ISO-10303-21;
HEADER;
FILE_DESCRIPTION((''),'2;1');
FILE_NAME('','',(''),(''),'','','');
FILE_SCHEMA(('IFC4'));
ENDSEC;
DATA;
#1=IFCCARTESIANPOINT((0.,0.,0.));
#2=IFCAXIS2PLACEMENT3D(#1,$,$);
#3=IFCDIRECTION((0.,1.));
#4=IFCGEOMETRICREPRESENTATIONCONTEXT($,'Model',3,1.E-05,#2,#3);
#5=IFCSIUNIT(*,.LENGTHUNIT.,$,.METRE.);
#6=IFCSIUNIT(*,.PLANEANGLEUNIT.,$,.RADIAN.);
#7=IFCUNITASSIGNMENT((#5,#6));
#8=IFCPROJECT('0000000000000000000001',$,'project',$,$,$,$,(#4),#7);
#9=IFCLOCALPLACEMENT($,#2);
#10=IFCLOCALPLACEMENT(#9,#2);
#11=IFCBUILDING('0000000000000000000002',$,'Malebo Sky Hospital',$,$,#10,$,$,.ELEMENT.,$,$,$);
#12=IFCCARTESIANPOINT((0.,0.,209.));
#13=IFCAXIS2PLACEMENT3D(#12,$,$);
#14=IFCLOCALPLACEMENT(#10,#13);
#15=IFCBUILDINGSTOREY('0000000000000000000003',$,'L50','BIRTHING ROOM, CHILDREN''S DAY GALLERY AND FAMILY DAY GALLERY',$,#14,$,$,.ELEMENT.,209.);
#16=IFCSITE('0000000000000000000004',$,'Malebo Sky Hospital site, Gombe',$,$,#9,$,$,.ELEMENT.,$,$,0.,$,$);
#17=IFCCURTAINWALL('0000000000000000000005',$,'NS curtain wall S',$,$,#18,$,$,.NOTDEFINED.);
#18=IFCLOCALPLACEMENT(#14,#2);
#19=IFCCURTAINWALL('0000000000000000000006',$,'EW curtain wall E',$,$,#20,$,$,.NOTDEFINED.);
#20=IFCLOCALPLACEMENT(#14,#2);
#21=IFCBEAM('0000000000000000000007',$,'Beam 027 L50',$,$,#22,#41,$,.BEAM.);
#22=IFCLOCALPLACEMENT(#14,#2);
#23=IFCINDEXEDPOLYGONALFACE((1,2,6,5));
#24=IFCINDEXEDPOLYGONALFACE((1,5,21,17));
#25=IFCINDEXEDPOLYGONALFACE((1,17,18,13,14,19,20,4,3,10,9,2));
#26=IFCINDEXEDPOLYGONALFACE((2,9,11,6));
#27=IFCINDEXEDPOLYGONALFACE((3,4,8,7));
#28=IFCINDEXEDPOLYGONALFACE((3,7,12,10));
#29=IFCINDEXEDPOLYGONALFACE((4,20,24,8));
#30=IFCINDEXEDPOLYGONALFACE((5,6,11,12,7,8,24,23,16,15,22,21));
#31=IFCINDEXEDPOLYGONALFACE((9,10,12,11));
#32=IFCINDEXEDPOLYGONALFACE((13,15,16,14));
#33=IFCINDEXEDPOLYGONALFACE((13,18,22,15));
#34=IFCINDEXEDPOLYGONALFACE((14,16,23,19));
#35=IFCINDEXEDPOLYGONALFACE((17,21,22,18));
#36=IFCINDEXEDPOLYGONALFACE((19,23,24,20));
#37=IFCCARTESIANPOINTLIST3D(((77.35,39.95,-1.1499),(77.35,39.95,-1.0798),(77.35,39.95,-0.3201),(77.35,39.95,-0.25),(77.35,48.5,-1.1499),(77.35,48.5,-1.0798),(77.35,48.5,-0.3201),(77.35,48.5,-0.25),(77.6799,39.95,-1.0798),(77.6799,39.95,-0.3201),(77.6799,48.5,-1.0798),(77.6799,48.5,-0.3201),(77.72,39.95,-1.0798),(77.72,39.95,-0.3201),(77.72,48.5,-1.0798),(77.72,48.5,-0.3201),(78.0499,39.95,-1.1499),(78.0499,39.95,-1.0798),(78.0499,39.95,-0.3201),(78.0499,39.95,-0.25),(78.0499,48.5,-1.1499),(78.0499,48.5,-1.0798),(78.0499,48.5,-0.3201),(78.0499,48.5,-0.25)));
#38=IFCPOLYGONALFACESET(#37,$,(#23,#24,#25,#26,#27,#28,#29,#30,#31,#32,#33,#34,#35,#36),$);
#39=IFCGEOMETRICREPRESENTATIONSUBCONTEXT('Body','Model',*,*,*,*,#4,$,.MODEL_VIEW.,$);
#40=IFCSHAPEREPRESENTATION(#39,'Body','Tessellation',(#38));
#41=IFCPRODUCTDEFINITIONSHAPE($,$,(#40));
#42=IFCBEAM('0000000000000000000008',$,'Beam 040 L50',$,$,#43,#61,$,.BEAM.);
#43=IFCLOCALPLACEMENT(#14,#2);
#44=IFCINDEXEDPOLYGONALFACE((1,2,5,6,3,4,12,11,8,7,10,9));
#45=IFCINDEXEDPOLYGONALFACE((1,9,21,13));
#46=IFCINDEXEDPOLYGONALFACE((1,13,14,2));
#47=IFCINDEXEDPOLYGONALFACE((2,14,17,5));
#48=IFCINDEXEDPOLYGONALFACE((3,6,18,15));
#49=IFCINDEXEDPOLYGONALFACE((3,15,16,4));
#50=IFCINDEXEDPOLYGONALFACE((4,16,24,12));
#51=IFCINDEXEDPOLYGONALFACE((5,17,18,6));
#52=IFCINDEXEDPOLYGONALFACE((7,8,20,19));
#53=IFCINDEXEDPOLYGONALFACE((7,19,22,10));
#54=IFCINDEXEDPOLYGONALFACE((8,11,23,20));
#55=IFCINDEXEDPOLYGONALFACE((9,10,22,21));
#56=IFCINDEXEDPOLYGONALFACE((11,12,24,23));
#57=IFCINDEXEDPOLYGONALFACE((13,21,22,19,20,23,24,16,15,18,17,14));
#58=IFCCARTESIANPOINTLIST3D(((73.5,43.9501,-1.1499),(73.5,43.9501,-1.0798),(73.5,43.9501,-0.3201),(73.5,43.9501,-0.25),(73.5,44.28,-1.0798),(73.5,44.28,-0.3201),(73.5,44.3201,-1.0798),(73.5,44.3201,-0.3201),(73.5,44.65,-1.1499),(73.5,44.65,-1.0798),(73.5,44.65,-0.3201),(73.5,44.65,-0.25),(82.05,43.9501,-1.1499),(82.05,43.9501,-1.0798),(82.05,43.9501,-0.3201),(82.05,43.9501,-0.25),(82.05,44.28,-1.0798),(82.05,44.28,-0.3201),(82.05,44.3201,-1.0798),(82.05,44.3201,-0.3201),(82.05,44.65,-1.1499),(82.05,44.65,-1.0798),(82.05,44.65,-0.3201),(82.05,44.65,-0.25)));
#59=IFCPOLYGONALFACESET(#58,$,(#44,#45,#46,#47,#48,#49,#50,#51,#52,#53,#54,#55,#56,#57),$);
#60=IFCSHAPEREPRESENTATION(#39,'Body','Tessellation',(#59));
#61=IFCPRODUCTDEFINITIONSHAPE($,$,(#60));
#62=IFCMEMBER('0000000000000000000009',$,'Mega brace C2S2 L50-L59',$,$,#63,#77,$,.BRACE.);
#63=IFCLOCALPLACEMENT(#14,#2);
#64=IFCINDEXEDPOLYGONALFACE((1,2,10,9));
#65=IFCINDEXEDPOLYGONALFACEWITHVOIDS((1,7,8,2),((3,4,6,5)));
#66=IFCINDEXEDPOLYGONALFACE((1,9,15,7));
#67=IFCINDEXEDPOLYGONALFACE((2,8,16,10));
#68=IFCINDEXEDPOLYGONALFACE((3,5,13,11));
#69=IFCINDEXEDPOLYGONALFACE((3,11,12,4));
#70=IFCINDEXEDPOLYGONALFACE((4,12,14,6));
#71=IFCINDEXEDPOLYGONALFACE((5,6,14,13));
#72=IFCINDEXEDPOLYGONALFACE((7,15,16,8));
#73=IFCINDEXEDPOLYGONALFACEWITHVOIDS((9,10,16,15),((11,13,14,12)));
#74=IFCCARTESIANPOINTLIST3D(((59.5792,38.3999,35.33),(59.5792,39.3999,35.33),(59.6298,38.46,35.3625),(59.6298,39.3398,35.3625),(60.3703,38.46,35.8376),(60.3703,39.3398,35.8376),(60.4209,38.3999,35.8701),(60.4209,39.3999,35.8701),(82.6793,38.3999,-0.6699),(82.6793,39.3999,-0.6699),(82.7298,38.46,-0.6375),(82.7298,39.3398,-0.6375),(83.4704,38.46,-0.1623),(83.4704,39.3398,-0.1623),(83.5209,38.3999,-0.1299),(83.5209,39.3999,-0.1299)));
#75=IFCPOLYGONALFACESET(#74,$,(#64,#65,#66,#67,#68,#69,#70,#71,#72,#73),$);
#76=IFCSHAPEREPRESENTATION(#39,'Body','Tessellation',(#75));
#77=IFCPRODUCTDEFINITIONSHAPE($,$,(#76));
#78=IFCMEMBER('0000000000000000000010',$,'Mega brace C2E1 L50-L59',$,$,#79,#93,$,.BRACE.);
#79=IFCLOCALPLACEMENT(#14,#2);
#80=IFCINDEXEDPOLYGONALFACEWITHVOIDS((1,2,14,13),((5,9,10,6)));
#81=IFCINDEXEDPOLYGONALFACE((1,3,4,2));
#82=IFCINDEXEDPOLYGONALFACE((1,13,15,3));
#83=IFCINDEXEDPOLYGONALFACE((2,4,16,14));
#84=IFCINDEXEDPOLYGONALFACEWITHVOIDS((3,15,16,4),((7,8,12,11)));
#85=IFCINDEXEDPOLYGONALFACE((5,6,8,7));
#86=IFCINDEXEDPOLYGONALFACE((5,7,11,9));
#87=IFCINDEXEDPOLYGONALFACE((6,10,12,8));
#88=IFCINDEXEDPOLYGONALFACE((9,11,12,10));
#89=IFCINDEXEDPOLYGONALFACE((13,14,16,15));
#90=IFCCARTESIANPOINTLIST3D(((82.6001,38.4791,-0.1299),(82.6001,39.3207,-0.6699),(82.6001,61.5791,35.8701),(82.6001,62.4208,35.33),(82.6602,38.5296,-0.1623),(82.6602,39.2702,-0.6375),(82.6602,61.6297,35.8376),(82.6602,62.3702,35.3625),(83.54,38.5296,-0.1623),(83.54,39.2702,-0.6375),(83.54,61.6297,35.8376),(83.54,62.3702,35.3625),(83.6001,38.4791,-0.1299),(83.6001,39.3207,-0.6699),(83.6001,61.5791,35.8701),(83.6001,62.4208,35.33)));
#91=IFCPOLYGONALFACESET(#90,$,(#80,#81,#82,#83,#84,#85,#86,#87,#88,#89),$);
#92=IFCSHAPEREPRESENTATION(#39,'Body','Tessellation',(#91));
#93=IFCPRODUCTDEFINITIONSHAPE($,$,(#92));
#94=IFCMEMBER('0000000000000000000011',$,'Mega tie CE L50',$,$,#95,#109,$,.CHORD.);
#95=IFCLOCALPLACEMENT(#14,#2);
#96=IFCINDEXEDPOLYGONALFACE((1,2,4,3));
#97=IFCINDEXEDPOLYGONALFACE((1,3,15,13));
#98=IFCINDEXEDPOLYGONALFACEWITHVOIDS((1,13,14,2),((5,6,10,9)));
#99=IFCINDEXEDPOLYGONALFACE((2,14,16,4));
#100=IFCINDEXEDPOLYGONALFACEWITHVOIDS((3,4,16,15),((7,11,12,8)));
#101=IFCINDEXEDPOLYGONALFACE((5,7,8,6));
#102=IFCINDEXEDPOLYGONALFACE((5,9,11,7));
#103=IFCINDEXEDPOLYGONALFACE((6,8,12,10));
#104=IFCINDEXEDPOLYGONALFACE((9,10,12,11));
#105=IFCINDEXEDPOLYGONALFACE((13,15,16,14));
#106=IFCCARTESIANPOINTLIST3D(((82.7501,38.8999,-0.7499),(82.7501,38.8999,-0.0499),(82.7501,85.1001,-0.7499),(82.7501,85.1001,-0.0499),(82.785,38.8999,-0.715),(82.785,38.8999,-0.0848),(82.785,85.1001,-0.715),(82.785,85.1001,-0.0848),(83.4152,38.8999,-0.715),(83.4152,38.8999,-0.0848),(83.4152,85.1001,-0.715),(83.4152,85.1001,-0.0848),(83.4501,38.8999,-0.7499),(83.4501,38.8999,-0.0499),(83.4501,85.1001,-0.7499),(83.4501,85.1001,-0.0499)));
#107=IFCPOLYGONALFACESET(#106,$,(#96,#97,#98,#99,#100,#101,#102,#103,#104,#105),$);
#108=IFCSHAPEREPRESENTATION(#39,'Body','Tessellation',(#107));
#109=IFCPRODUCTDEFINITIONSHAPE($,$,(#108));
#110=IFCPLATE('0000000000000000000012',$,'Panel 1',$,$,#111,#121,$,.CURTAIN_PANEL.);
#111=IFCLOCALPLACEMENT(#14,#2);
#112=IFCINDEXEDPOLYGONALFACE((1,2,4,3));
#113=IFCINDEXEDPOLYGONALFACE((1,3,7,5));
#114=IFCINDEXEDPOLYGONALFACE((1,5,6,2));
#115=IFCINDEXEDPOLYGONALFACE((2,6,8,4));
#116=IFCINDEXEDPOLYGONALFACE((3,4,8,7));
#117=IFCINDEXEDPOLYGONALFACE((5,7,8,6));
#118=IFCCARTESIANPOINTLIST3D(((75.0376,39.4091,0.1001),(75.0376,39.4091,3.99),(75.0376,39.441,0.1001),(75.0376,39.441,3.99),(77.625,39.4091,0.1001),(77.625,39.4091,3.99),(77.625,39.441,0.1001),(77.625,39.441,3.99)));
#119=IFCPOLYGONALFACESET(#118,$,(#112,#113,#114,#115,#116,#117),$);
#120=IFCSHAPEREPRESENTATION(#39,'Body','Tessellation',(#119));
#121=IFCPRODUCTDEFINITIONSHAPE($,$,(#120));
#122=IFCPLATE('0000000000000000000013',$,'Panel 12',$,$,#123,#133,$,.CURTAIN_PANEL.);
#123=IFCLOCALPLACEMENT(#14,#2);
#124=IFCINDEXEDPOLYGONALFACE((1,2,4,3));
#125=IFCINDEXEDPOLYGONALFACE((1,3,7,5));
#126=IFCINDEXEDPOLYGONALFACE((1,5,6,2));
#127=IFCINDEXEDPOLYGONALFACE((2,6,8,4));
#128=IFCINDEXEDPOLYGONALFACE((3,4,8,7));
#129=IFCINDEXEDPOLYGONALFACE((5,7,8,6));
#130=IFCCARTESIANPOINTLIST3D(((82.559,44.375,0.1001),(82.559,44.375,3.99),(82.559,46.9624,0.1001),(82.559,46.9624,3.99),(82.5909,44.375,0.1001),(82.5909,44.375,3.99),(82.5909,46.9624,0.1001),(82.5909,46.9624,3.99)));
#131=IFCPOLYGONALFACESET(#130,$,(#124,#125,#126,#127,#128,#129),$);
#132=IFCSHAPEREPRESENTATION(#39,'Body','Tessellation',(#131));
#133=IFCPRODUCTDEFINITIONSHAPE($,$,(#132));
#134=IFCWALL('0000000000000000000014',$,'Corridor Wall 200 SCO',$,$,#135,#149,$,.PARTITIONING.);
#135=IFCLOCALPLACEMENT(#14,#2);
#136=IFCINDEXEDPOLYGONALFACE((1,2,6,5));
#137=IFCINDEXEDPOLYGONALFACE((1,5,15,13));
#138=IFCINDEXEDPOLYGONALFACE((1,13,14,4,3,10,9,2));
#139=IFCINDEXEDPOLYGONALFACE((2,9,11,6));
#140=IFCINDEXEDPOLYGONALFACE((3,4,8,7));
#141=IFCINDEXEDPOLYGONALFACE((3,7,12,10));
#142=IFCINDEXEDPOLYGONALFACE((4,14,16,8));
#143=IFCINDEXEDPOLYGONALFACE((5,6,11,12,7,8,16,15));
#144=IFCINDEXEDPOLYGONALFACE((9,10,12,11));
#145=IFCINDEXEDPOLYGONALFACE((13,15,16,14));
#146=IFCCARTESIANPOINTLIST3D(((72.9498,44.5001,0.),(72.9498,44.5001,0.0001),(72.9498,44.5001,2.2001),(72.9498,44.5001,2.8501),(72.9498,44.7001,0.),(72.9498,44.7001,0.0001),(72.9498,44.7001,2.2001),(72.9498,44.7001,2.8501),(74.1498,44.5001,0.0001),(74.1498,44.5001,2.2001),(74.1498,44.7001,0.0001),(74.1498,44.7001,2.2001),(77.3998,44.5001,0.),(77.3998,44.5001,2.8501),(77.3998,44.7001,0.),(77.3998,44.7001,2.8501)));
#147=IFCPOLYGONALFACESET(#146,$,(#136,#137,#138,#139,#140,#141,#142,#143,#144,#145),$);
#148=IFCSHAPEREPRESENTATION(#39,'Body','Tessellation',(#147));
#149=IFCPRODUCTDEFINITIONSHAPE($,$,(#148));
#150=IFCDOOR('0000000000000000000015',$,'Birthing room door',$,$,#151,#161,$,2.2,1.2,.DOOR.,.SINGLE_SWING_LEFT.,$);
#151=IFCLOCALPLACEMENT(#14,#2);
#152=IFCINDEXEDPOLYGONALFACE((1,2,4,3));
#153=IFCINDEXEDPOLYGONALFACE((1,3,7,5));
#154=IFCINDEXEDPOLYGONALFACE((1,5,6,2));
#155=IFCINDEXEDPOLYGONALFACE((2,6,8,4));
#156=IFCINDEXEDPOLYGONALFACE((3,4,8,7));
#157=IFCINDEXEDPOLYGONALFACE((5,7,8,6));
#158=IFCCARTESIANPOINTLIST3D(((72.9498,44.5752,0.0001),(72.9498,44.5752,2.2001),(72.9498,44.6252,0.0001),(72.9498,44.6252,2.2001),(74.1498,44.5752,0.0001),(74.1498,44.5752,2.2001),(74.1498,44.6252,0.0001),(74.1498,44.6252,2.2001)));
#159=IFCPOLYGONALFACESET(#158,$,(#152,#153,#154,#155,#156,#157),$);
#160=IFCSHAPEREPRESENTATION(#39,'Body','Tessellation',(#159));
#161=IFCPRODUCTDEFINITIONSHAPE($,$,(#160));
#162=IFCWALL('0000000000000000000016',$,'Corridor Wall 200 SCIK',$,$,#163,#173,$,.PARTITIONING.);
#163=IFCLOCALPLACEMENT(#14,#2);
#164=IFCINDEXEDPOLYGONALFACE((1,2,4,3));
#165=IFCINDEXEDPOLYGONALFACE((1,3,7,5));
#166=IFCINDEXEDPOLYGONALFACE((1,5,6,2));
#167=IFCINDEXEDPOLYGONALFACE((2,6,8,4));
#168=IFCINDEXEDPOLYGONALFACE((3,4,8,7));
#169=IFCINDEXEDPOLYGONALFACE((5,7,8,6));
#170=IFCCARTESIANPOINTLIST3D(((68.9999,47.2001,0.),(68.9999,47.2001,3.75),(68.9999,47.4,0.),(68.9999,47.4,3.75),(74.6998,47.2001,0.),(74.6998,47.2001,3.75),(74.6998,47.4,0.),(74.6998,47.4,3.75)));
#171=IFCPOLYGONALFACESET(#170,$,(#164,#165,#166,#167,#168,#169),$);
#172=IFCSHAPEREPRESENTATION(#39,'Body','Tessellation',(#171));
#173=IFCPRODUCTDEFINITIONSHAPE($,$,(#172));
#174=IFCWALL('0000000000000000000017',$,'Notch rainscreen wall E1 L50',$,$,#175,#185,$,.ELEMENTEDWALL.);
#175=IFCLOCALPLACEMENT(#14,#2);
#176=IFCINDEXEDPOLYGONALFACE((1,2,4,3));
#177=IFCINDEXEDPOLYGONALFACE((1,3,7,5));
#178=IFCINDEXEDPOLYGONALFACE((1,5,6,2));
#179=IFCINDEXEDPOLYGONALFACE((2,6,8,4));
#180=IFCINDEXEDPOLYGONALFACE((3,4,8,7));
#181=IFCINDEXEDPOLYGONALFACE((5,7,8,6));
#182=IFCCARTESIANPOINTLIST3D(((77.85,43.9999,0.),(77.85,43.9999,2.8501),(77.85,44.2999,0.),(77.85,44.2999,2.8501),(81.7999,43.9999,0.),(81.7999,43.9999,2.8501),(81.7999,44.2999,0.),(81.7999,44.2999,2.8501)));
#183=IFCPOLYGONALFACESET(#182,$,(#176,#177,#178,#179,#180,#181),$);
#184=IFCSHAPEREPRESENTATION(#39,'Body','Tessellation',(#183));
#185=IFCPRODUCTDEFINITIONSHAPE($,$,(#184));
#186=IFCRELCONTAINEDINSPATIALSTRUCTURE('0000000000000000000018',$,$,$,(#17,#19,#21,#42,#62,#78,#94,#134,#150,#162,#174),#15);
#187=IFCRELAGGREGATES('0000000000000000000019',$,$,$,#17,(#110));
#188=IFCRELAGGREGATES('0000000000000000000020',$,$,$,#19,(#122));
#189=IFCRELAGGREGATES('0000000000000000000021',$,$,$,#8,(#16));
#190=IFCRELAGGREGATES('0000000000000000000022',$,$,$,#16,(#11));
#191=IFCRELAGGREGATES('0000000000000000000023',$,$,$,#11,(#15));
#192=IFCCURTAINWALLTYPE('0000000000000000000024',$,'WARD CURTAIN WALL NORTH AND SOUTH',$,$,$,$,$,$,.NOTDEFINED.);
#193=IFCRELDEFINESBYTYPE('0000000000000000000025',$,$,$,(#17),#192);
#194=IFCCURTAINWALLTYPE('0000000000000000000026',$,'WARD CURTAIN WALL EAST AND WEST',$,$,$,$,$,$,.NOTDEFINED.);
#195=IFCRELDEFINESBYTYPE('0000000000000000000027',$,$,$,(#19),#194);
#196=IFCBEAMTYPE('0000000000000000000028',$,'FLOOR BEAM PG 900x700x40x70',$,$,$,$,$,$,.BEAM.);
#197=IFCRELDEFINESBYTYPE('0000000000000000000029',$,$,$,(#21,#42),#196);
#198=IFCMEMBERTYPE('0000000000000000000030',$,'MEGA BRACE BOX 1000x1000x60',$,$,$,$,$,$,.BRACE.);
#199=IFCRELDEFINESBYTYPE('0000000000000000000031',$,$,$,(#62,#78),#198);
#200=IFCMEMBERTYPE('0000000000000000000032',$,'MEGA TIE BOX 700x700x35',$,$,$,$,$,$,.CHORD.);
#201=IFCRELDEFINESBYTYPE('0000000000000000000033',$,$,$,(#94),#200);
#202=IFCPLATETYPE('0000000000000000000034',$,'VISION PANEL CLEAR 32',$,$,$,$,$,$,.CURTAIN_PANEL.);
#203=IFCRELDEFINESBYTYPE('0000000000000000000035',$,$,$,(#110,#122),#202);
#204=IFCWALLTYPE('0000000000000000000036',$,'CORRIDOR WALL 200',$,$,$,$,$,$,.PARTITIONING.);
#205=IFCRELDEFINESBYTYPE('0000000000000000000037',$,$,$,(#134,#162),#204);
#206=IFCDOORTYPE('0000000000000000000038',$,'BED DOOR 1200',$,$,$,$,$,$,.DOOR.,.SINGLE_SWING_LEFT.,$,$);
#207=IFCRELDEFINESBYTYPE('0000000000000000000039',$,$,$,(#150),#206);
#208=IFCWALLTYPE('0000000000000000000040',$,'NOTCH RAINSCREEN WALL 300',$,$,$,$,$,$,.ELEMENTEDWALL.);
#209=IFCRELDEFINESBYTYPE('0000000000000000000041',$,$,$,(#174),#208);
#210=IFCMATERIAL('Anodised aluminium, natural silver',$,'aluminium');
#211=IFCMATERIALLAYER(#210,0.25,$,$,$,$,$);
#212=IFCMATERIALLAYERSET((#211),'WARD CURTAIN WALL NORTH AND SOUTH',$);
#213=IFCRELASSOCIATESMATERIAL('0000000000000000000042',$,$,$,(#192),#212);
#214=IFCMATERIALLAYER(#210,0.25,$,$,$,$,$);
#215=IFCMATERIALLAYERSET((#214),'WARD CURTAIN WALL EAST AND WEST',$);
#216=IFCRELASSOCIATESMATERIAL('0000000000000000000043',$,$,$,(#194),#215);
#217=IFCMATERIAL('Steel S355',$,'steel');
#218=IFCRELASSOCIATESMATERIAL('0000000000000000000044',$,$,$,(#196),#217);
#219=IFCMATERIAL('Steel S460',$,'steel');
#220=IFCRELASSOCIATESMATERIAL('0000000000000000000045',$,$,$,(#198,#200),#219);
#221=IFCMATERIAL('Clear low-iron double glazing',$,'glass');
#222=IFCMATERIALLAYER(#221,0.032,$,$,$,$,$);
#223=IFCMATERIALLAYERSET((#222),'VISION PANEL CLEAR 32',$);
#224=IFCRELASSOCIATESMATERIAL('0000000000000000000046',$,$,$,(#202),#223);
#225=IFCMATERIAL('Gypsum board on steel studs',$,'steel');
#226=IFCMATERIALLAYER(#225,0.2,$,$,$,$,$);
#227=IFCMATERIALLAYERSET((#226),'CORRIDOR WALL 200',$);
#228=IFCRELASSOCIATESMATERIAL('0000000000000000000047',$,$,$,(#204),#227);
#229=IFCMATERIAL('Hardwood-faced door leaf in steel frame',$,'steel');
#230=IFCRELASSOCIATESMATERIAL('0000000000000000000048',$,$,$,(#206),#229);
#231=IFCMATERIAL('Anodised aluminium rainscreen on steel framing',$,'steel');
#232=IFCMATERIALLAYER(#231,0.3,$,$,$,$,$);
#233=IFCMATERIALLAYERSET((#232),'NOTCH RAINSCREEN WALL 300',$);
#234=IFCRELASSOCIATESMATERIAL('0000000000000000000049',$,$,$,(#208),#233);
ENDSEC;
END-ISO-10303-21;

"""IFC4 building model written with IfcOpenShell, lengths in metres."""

from ifc_helpers import new_model, si_unit, direction, frame, frame_2d, origin, origin_2d, place, context, subcontext, project, spatial, rectangle, hollow_rectangle, i_section, extrude, material, layer, layer_set, material_profile, profile_set, type_object, element, fill, aggregate, save


model = new_model("IFC4")

# Units and contexts
model_context = context("Model", 3, precision=1e-05, world=origin(), true_north=direction((0.0, 1.0)))
body_context = subcontext(model_context, "Body", "Model", "MODEL_VIEW")
ifc_project = project(units=[si_unit("LENGTHUNIT", "METRE"), si_unit("PLANEANGLEUNIT", "RADIAN")], contexts=[model_context])

# Site, building, storey
site_placement = place(None, origin())
site = spatial("IfcSite", under=ifc_project, at=site_placement, Name="Malebo Sky Hospital site, Gombe", CompositionType="ELEMENT", RefElevation=0.0)
building_placement = place(site_placement, origin())
building = spatial("IfcBuilding", under=site, at=building_placement, Name="Malebo Sky Hospital", CompositionType="ELEMENT")
storey_placement = place(building_placement, frame((0.0, 0.0, 209.0)))
storey = spatial("IfcBuildingStorey", under=building, at=storey_placement, Name="L50", Description="BIRTHING ROOM, CHILDREN'S DAY GALLERY AND FAMILY DAY GALLERY", CompositionType="ELEMENT", Elevation=209.0)

# Shared definitions
ifc_material_1 = material(Name="Steel S460", Category="steel")

# Curtain wall
ifc_material_2 = material(Name="Anodised aluminium, natural silver", Category="aluminium")
ifc_layer_1 = layer(ifc_material_2, 0.25)
ifc_layer_set_1 = layer_set([ifc_layer_1], Name="WARD CURTAIN WALL NORTH AND SOUTH")
curtain_wall_type_1 = type_object("IfcCurtainWallType", Name="WARD CURTAIN WALL NORTH AND SOUTH", PredefinedType="NOTDEFINED", material=ifc_layer_set_1)
curtain_wall_1_placement = place(storey_placement, origin())
curtain_wall_1 = element("IfcCurtainWall", 1, at=curtain_wall_1_placement, inside=storey, type_object=curtain_wall_type_1, Name="NS curtain wall S", PredefinedType="NOTDEFINED")

# Curtain wall
ifc_layer_2 = layer(ifc_material_2, 0.25)
ifc_layer_set_2 = layer_set([ifc_layer_2], Name="WARD CURTAIN WALL EAST AND WEST")
curtain_wall_type_2 = type_object("IfcCurtainWallType", Name="WARD CURTAIN WALL EAST AND WEST", PredefinedType="NOTDEFINED", material=ifc_layer_set_2)
curtain_wall_2_placement = place(storey_placement, origin())
curtain_wall_2 = element("IfcCurtainWall", 2, at=curtain_wall_2_placement, inside=storey, type_object=curtain_wall_type_2, Name="EW curtain wall E", PredefinedType="NOTDEFINED")

# Beams
ifc_material_3 = material(Name="Steel S355", Category="steel")
ifc_material_profile_1 = material_profile(ifc_material_3, i_section(OverallWidth=0.7, OverallDepth=0.8999, WebThickness=0.04, FlangeThickness=0.0701, at=origin_2d()), Name="PG 900x700x40x70")
ifc_profile_set_1 = profile_set([ifc_material_profile_1], Name="Steel S355")
beam_type_1 = type_object("IfcBeamType", Name="FLOOR BEAM PG 900x700x40x70", PredefinedType="BEAM", material=ifc_profile_set_1)
for number, where, z_axis, x_axis, name in (
    (3, (77.7, 39.95, -0.7), (0.0, 1.0, 0.0), (-1.0, 0.0, 0.0), "Beam 027 L50"),
    (4, (73.5, 44.3, -0.7), (1.0, 0.0, 0.0), (0.0, 1.0, 0.0), "Beam 040 L50"),
):
    element("IfcBeam", number, at=place(storey_placement, frame(where, z_axis=z_axis, x_axis=x_axis)), inside=storey, type_object=beam_type_1, Name=name, PredefinedType="BEAM", context=body_context, shape_type="SweptSolid", body=[
        extrude(i_section(OverallWidth=0.7, OverallDepth=0.8999, WebThickness=0.04, FlangeThickness=0.0701, at=origin_2d()), origin(), (0.0, 0.0, 1.0), 8.55),
    ])

# Members
ifc_material_profile_2 = material_profile(ifc_material_1, hollow_rectangle(XDim=1.0, YDim=1.0, WallThickness=0.0601, at=origin_2d()), Name="BOX 1000x1000x60")
ifc_profile_set_2 = profile_set([ifc_material_profile_2], Name="Steel S460")
member_type_1 = type_object("IfcMemberType", Name="MEGA BRACE BOX 1000x1000x60", PredefinedType="BRACE", material=ifc_profile_set_2)
for number, where, z_axis, x_axis, name in (
    (5, (83.1001, 38.8999, -0.3999), (-0.54005, 0.0, 0.841633), (0.0, -1.0, 0.0), "Mega brace C2S2 L50-L59"),
    (6, (83.1001, 38.8999, -0.3999), (0.0, 0.54005, 0.841633), (-1.0, 0.0, 0.0), "Mega brace C2E1 L50-L59"),
):
    element("IfcMember", number, at=place(storey_placement, frame(where, z_axis=z_axis, x_axis=x_axis)), inside=storey, type_object=member_type_1, Name=name, PredefinedType="BRACE", context=body_context, shape_type="SweptSolid", body=[
        extrude(hollow_rectangle(XDim=1.0, YDim=1.0, WallThickness=0.0601, at=origin_2d()), origin(), (0.0, 0.0, 1.0), 42.7739),
    ])
ifc_material_profile_3 = material_profile(ifc_material_1, hollow_rectangle(XDim=0.7, YDim=0.7, WallThickness=0.0349, at=origin_2d()), Name="BOX 700x700x35")
ifc_profile_set_3 = profile_set([ifc_material_profile_3], Name="Steel S460")
member_type_2 = type_object("IfcMemberType", Name="MEGA TIE BOX 700x700x35", PredefinedType="CHORD", material=ifc_profile_set_3)
member_1_placement = place(storey_placement, frame((83.1001, 38.8999, -0.3999), z_axis=(0.0, 1.0, 0.0), x_axis=(-1.0, 0.0, 0.0)))
element("IfcMember", 7, at=member_1_placement, inside=storey, type_object=member_type_2, Name="Mega tie CE L50", PredefinedType="CHORD", context=body_context, shape_type="SweptSolid", body=[
    extrude(hollow_rectangle(XDim=0.7, YDim=0.7, WallThickness=0.0349, at=origin_2d()), origin(), (0.0, 0.0, 1.0), 46.2002),
])

# Plates
ifc_material_4 = material(Name="Clear low-iron double glazing", Category="glass")
ifc_layer_3 = layer(ifc_material_4, 0.032)
ifc_layer_set_3 = layer_set([ifc_layer_3], Name="VISION PANEL CLEAR 32")
plate_type = type_object("IfcPlateType", Name="VISION PANEL CLEAR 32", PredefinedType="CURTAIN_PANEL", material=ifc_layer_set_3)
plate_1_placement = place(storey_placement, frame((76.3313, 39.425, 0.1001), z_axis=(0.0, 0.0, 1.0), x_axis=(-1.0, 0.0, 0.0)))
plate_1 = element("IfcPlate", 8, at=plate_1_placement, type_object=plate_type, Name="Panel 1", PredefinedType="CURTAIN_PANEL", context=body_context, shape_type="SweptSolid", body=[
    extrude(rectangle(XDim=2.5874, YDim=0.032, at=origin_2d()), origin(), (0.0, 0.0, 1.0), 3.8899),
])
aggregate(curtain_wall_1, [plate_1])
plate_2_placement = place(storey_placement, frame((82.575, 45.6687, 0.1001), z_axis=(0.0, 0.0, 1.0), x_axis=(0.0, -1.0, 0.0)))
plate_2 = element("IfcPlate", 9, at=plate_2_placement, type_object=plate_type, Name="Panel 12", PredefinedType="CURTAIN_PANEL", context=body_context, shape_type="SweptSolid", body=[
    extrude(rectangle(XDim=2.5874, YDim=0.032, at=origin_2d()), origin(), (0.0, 0.0, 1.0), 3.8899),
])
aggregate(curtain_wall_2, [plate_2])

# Wall, opening, door
ifc_material_5 = material(Name="Gypsum board on steel studs", Category="steel")
ifc_layer_4 = layer(ifc_material_5, 0.2)
ifc_layer_set_4 = layer_set([ifc_layer_4], Name="CORRIDOR WALL 200")
wall_type_1 = type_object("IfcWallType", Name="CORRIDOR WALL 200", PredefinedType="PARTITIONING", material=ifc_layer_set_4)
wall_1_placement = place(storey_placement, frame((77.3999, 44.6001, 0.0), z_axis=(0.0, 0.0, 1.0), x_axis=(-1.0, 0.0, 0.0)))
wall_1 = element("IfcWall", 10, at=wall_1_placement, inside=storey, type_object=wall_type_1, Name="Corridor Wall 200 SCO", PredefinedType="PARTITIONING", context=body_context, shape_type="SweptSolid", body=[
    extrude(rectangle(XDim=4.45, YDim=0.2, at=frame_2d((2.2251, 0.0))), origin(), (0.0, 0.0, 1.0), 2.8501),
])
opening_1_placement = place(wall_1_placement, frame((3.25, 0.0, 0.0)))
opening_1 = element("IfcOpeningElement", 11, at=opening_1_placement, cuts=wall_1, PredefinedType="OPENING", context=body_context, shape_type="SweptSolid", body=[
    extrude(rectangle(XDim=1.2, YDim=2.2, at=frame_2d((0.6001, 1.1001))), frame((0.0, 0.1099, 0.0), z_axis=(0.0, -1.0, 0.0), x_axis=(1.0, 0.0, 0.0)), (0.0, 0.0, 1.0), 0.22),
])
ifc_material_6 = material(Name="Hardwood-faced door leaf in steel frame", Category="steel")
door_type_1 = type_object("IfcDoorType", Name="BED DOOR 1200", OperationType="SINGLE_SWING_LEFT", PredefinedType="DOOR", material=ifc_material_6)
door_1_placement = place(opening_1_placement, origin())
door_1 = element("IfcDoor", 12, at=door_1_placement, inside=storey, type_object=door_type_1, Name="Birthing room door", OperationType="SINGLE_SWING_LEFT", OverallHeight=2.2, OverallWidth=1.2, PredefinedType="DOOR", context=body_context, shape_type="SweptSolid", body=[
    extrude(rectangle(XDim=1.2, YDim=2.2, at=frame_2d((0.6001, 1.1001))), frame((0.0, 0.0249, 0.0), z_axis=(0.0, -1.0, 0.0), x_axis=(1.0, 0.0, 0.0)), (0.0, 0.0, 1.0), 0.05),
])
fill(opening_1, door_1)

# Walls
wall_2_placement = place(storey_placement, frame((74.7, 47.3, 0.0), z_axis=(0.0, 0.0, 1.0), x_axis=(-1.0, 0.0, 0.0)))
element("IfcWall", 13, at=wall_2_placement, inside=storey, type_object=wall_type_1, Name="Corridor Wall 200 SCIK", PredefinedType="PARTITIONING", context=body_context, shape_type="SweptSolid", body=[
    extrude(rectangle(XDim=5.7, YDim=0.2, at=frame_2d((2.8501, 0.0))), origin(), (0.0, 0.0, 1.0), 3.75),
])
ifc_material_7 = material(Name="Anodised aluminium rainscreen on steel framing", Category="steel")
ifc_layer_5 = layer(ifc_material_7, 0.3)
ifc_layer_set_5 = layer_set([ifc_layer_5], Name="NOTCH RAINSCREEN WALL 300")
wall_type_2 = type_object("IfcWallType", Name="NOTCH RAINSCREEN WALL 300", PredefinedType="ELEMENTEDWALL", material=ifc_layer_set_5)
for number, where, z_axis, x_axis, name in (
    (14, (81.8, 44.1499, 0.0), (0.0, 0.0, 1.0), (-1.0, 0.0, 0.0), "Notch rainscreen wall E1 L50"),
):
    element("IfcWall", number, at=place(storey_placement, frame(where, z_axis=z_axis, x_axis=x_axis)), inside=storey, type_object=wall_type_2, Name=name, PredefinedType="ELEMENTEDWALL", context=body_context, shape_type="SweptSolid", body=[
        extrude(rectangle(XDim=3.95, YDim=0.3, at=frame_2d((1.9751, 0.0))), origin(), (0.0, 0.0, 1.0), 2.8501),
    ])

save(model, "model.ifc")
